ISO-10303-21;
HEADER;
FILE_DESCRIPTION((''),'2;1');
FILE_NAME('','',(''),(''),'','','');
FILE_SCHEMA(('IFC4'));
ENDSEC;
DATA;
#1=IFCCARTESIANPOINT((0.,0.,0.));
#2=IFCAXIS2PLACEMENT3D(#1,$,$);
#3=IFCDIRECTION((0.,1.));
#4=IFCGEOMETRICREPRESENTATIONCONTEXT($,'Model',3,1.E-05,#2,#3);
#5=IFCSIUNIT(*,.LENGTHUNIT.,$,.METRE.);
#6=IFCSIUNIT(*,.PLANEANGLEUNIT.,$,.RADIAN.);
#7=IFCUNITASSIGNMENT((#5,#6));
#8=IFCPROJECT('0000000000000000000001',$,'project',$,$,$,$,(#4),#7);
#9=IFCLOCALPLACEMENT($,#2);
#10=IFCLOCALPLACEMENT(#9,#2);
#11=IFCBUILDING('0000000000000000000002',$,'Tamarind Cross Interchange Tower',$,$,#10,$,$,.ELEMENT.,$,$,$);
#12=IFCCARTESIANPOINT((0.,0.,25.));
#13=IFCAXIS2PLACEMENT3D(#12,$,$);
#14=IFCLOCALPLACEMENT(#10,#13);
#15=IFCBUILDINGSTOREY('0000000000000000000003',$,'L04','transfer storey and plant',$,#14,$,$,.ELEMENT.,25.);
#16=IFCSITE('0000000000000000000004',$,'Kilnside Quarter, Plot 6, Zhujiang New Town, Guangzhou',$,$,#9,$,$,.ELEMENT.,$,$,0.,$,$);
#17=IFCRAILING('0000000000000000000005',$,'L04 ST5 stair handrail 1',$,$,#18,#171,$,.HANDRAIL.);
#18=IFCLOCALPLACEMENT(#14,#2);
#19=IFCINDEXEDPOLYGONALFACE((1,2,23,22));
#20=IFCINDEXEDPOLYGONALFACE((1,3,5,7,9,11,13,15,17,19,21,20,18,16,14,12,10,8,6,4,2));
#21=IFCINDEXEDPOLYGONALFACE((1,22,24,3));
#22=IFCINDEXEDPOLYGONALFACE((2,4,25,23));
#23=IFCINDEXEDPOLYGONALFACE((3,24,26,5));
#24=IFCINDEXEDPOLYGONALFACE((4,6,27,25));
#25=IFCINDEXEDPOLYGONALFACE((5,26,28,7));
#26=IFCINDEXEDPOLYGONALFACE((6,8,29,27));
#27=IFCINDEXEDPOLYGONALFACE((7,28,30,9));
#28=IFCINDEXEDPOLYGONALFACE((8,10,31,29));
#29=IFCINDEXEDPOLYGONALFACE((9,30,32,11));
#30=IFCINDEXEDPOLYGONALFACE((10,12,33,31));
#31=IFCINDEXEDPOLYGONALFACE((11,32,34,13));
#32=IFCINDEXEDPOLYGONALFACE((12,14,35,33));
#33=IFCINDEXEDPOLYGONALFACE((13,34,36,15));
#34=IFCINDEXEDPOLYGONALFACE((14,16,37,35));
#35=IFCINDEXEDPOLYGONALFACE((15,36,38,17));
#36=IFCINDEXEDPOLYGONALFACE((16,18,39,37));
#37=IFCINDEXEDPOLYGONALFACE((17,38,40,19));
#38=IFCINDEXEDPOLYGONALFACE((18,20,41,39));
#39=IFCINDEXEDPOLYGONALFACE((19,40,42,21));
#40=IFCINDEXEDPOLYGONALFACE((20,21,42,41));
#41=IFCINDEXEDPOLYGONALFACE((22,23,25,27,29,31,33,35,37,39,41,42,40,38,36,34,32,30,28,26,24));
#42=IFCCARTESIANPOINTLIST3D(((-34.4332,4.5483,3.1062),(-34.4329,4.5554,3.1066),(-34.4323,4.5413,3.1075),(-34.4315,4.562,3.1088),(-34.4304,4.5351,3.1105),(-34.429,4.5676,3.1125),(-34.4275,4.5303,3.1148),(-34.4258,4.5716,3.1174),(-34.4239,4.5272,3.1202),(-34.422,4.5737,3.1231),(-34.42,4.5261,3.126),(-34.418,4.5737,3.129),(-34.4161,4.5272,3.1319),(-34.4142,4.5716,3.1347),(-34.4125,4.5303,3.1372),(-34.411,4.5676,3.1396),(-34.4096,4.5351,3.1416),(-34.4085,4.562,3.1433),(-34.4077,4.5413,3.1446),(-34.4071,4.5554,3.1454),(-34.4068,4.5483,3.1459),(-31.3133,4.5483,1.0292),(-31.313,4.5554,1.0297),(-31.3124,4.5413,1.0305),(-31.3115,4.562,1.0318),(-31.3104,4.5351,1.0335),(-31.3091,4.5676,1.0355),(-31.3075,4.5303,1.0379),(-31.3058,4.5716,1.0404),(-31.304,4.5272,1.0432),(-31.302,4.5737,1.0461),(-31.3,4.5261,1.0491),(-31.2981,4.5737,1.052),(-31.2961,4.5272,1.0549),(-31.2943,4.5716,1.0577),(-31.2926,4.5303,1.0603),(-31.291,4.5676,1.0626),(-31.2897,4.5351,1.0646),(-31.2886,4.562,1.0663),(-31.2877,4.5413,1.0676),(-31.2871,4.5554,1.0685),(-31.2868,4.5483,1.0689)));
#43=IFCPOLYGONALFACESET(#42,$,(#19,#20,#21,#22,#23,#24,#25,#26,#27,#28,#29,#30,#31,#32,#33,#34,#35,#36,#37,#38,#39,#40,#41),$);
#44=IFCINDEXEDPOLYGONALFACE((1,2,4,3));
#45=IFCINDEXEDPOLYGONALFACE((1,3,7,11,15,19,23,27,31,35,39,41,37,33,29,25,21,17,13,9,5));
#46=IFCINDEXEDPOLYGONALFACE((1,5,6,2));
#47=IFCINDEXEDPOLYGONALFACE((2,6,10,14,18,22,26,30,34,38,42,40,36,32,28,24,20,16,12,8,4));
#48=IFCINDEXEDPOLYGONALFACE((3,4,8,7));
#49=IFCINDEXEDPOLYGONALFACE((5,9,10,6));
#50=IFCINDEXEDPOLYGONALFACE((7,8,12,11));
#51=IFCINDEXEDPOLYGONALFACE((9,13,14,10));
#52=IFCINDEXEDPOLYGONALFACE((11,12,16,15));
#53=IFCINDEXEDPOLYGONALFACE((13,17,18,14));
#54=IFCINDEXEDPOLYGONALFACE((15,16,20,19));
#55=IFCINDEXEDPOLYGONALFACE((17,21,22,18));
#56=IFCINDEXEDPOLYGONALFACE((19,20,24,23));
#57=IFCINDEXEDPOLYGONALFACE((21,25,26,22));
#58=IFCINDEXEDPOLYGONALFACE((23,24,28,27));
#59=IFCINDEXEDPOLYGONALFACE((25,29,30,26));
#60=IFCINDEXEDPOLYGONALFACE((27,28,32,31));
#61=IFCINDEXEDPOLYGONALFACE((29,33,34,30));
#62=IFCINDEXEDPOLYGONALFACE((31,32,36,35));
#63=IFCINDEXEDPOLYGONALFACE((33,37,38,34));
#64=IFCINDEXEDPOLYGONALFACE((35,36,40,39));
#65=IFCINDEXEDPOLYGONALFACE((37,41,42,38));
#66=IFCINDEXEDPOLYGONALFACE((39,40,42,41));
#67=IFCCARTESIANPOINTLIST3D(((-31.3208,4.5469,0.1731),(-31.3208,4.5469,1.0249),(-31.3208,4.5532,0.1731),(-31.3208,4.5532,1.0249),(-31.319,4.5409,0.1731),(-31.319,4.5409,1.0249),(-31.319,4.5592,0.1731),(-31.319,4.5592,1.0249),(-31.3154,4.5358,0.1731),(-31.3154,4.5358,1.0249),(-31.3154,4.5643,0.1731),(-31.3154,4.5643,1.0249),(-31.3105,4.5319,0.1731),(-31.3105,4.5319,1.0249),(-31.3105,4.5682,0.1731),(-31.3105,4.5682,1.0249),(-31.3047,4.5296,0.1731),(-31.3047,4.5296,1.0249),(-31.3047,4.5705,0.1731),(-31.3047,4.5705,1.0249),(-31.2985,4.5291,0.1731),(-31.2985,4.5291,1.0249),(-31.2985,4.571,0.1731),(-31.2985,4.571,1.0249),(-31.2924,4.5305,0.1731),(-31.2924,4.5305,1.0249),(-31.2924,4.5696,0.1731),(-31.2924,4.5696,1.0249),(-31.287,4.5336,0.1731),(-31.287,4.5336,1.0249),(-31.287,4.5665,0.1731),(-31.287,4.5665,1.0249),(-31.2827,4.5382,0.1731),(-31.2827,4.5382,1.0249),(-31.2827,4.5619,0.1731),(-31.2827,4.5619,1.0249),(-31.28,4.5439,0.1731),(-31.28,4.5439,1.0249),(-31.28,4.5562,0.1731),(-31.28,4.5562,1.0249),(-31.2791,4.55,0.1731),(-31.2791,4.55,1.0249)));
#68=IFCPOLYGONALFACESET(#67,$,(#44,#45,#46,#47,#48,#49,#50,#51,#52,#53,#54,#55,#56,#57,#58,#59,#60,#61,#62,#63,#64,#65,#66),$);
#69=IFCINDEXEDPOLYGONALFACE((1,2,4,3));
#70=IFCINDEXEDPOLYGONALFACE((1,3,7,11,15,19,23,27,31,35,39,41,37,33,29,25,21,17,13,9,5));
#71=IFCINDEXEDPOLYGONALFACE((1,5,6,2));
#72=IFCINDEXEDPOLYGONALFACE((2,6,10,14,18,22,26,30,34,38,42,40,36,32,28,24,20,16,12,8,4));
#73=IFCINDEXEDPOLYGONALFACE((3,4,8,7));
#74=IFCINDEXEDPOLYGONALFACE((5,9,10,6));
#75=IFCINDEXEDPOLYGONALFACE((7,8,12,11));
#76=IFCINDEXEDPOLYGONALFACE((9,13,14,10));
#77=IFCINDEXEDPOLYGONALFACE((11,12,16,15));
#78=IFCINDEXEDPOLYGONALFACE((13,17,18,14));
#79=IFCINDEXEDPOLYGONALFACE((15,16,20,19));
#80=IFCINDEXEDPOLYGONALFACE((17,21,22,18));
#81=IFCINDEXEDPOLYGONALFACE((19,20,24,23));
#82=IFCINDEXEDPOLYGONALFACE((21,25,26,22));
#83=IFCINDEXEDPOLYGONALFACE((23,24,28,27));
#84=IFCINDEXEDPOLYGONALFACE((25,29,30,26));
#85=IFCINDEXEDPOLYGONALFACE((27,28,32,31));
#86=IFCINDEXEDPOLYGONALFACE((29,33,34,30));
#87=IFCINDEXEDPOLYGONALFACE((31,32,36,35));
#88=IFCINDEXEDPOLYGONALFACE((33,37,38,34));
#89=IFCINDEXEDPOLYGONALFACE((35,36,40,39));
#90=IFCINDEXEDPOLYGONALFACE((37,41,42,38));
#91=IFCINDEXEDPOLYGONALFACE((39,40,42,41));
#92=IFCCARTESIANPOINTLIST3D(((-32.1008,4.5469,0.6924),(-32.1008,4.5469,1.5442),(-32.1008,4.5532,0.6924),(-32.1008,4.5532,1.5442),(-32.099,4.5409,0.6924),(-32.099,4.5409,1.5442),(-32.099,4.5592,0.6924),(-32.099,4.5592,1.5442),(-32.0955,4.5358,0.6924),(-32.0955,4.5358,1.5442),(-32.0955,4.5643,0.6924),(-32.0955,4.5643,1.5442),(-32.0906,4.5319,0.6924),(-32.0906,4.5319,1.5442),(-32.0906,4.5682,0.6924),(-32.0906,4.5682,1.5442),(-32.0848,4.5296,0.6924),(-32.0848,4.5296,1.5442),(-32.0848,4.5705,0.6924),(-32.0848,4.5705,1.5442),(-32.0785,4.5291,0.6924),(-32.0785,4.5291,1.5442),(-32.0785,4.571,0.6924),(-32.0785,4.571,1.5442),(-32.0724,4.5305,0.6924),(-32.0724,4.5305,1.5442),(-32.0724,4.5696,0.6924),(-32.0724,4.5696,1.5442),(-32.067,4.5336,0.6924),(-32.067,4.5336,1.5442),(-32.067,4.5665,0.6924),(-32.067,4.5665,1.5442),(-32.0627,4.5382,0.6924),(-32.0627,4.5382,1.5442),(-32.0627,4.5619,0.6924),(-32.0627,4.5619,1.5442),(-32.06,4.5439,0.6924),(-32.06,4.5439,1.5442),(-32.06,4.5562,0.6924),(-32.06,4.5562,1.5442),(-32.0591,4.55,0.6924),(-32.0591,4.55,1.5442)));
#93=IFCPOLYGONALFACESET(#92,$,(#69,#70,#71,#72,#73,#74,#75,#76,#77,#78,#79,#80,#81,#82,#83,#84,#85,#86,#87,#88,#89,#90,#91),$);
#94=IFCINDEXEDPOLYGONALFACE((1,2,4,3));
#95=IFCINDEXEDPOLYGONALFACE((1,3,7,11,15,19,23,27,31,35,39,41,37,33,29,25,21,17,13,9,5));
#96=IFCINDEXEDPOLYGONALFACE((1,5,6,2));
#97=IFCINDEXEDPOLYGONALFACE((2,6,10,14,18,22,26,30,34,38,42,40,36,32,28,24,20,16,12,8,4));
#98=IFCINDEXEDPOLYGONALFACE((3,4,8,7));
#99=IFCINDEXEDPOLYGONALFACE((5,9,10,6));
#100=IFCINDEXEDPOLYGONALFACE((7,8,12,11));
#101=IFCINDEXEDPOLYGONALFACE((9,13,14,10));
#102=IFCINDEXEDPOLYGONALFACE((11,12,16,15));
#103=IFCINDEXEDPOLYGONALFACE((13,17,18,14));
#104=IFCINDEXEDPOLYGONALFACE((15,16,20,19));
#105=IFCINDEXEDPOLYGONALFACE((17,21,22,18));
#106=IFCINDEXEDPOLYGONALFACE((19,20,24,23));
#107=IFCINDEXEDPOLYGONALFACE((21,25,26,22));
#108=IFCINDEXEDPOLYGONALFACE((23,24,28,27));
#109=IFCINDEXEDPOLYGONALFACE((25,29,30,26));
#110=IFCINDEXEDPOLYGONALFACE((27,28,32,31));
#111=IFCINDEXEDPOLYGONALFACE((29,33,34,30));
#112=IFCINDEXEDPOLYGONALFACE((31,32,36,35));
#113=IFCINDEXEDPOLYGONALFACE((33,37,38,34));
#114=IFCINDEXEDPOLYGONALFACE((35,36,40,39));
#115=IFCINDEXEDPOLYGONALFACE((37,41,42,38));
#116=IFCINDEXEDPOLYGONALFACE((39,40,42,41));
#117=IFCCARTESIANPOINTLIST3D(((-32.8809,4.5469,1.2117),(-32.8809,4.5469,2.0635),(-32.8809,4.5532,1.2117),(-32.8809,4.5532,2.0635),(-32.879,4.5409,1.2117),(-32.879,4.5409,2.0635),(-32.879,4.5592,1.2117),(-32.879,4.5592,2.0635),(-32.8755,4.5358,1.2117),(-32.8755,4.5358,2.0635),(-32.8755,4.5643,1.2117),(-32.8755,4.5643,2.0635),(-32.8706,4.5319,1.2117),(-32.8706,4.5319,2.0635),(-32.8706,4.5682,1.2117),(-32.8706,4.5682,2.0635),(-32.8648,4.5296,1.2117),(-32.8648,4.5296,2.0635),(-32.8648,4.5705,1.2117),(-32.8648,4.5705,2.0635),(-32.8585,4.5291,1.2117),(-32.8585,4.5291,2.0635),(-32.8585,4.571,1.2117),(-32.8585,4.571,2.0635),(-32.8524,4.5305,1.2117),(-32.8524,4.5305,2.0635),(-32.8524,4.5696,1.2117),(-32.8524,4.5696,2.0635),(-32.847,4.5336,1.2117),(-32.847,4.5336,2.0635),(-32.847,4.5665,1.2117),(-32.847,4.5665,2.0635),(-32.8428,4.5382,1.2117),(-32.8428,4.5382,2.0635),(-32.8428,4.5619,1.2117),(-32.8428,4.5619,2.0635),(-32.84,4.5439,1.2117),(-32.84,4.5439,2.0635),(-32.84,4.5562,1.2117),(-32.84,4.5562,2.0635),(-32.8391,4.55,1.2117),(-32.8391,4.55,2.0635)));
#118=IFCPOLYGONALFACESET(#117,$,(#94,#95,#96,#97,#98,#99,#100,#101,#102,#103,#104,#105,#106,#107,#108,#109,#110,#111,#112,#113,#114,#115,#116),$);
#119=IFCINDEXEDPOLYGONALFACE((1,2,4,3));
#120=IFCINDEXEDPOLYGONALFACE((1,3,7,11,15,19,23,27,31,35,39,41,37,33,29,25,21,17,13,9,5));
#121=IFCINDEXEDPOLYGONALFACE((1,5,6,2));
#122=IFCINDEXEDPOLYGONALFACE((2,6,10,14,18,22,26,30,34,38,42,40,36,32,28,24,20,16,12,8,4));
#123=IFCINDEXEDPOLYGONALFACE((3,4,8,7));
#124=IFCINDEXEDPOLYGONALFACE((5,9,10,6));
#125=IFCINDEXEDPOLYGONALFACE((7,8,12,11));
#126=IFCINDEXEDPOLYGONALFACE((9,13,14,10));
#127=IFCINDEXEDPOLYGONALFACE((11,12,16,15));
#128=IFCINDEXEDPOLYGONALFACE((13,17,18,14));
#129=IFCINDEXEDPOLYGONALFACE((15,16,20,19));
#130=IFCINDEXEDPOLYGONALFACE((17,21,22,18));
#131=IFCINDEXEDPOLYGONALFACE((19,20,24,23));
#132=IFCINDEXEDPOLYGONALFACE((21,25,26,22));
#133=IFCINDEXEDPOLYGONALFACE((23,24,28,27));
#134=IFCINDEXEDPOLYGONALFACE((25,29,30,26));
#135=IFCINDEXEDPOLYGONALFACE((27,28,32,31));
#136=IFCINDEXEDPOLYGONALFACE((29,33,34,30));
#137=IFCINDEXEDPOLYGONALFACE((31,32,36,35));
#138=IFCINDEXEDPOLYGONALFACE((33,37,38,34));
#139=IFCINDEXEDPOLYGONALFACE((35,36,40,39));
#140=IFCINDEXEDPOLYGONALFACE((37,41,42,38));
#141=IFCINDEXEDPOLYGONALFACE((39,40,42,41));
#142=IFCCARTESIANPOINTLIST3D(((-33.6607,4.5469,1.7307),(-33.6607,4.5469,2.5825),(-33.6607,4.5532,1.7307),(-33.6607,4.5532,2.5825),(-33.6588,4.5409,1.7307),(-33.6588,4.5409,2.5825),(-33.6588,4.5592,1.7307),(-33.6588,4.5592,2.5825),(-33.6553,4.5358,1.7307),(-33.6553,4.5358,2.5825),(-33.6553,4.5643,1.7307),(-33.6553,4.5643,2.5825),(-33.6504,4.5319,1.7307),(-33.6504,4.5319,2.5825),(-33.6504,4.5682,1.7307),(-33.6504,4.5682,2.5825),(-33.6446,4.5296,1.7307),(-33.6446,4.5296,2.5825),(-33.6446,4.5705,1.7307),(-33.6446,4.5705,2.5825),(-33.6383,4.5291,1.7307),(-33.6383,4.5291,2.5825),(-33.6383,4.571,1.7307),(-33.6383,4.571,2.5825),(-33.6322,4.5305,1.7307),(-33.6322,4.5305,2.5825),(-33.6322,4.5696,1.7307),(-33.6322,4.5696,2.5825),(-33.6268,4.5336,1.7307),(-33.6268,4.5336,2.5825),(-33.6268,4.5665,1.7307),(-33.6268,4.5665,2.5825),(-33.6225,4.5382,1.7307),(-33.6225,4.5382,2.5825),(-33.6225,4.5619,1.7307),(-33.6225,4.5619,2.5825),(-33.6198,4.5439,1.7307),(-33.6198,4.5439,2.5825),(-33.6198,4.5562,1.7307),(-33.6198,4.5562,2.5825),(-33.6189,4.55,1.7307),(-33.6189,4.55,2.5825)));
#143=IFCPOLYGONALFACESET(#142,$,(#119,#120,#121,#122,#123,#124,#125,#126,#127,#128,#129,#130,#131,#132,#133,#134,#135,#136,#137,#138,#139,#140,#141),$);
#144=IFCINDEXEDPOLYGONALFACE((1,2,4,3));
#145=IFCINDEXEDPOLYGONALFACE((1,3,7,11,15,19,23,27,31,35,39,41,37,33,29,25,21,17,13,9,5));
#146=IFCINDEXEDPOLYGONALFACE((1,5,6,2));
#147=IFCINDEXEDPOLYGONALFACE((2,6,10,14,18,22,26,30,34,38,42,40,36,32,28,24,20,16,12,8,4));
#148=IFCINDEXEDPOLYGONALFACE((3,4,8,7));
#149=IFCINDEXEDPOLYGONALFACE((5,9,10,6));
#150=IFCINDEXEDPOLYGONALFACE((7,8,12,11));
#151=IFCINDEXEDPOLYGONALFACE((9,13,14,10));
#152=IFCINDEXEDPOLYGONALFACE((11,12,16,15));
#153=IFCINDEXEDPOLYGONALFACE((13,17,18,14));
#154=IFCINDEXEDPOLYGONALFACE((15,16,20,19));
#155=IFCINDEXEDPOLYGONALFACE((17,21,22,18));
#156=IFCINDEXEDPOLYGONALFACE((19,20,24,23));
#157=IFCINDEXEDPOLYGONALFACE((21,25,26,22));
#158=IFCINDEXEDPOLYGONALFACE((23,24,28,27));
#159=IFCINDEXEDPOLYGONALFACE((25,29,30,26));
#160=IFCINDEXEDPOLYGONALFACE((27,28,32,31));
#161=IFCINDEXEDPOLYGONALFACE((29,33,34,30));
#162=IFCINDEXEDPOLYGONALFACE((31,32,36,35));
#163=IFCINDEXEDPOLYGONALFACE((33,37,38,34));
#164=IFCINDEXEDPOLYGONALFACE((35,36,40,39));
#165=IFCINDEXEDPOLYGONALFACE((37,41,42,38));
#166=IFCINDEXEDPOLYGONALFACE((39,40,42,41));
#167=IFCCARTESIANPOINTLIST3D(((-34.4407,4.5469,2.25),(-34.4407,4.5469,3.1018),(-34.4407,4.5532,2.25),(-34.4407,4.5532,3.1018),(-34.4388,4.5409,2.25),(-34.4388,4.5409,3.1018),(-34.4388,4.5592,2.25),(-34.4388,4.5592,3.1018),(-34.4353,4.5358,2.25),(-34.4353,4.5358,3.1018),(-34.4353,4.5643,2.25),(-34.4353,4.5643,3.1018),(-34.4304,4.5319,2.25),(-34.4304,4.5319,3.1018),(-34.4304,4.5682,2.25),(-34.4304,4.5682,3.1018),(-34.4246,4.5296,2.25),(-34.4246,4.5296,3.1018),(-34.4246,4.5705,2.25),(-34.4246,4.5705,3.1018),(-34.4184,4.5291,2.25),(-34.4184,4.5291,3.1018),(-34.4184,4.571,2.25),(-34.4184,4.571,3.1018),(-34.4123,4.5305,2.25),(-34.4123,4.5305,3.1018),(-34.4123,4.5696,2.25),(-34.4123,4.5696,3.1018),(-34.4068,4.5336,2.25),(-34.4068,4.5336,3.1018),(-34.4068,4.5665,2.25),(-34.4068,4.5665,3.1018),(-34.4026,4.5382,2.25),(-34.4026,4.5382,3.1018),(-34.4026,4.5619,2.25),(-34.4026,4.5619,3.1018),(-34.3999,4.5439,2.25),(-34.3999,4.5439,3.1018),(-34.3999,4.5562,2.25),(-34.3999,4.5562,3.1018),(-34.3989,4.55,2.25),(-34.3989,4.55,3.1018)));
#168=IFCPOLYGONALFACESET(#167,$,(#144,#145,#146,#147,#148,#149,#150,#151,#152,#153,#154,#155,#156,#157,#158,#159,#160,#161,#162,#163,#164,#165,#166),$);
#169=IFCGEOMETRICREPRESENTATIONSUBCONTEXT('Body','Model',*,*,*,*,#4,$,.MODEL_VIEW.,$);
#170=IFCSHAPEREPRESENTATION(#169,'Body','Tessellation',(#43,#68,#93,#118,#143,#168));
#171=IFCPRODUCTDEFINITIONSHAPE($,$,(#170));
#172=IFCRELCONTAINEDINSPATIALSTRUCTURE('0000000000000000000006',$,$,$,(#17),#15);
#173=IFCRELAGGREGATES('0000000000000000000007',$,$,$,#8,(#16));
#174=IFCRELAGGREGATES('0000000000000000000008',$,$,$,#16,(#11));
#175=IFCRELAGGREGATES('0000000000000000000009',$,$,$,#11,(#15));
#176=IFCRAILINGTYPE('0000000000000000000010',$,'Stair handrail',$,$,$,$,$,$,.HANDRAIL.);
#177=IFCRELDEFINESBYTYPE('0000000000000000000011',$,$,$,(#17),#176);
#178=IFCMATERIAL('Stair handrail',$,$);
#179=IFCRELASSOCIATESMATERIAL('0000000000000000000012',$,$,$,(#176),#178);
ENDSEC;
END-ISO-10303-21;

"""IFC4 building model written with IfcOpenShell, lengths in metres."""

from ifc_helpers import new_model, si_unit, direction, frame, origin, origin_2d, place, context, subcontext, project, spatial, circle, extrude, material, type_object, element, save


model = new_model("IFC4")

# Units and contexts
model_context = context("Model", 3, precision=1e-05, world=origin(), true_north=direction((0.0, 1.0)))
body_context = subcontext(model_context, "Body", "Model", "MODEL_VIEW")
ifc_project = project(units=[si_unit("LENGTHUNIT", "METRE"), si_unit("PLANEANGLEUNIT", "RADIAN")], contexts=[model_context])

# Site, building, storey
site_placement = place(None, origin())
site = spatial("IfcSite", under=ifc_project, at=site_placement, Name="Kilnside Quarter, Plot 6, Zhujiang New Town, Guangzhou", CompositionType="ELEMENT", RefElevation=0.0)
building_placement = place(site_placement, origin())
building = spatial("IfcBuilding", under=site, at=building_placement, Name="Tamarind Cross Interchange Tower", CompositionType="ELEMENT")
storey_placement = place(building_placement, frame((0.0, 0.0, 25.0)))
storey = spatial("IfcBuildingStorey", under=building, at=storey_placement, Name="L04", Description="transfer storey and plant", CompositionType="ELEMENT", Elevation=25.0)

# Railing
ifc_material_1 = material(Name="Stair handrail")
railing_type_1 = type_object("IfcRailingType", Name="Stair handrail", PredefinedType="HANDRAIL", material=ifc_material_1)
railing_1_placement = place(storey_placement, frame((-31.3, 4.55, 0.1731)))
element("IfcRailing", 1, at=railing_1_placement, inside=storey, type_object=railing_type_1, Name="L04 ST5 stair handrail 1", PredefinedType="HANDRAIL", context=body_context, shape_type="SweptSolid", body=[
    extrude(circle(Radius=0.0239, at=origin_2d()), frame((0.0, 0.0, 0.876), z_axis=(-0.832421, 0.0, 0.554144), x_axis=(0.0, -1.0, 0.0)), (0.0, 0.0, 1.0), 3.748),
    extrude(circle(Radius=0.021, at=origin_2d()), origin(), (0.0, 0.0, 1.0), 0.8518),
    extrude(circle(Radius=0.021, at=origin_2d()), frame((-0.78, 0.0, 0.5193)), (0.0, 0.0, 1.0), 0.8518),
    extrude(circle(Radius=0.021, at=origin_2d()), frame((-1.5601, 0.0, 1.0386)), (0.0, 0.0, 1.0), 0.8518),
    extrude(circle(Radius=0.021, at=origin_2d()), frame((-2.3398, 0.0, 1.5576)), (0.0, 0.0, 1.0), 0.8518),
    extrude(circle(Radius=0.021, at=origin_2d()), frame((-3.1199, 0.0, 2.0769)), (0.0, 0.0, 1.0), 0.8518),
])

save(model, "model.ifc")
